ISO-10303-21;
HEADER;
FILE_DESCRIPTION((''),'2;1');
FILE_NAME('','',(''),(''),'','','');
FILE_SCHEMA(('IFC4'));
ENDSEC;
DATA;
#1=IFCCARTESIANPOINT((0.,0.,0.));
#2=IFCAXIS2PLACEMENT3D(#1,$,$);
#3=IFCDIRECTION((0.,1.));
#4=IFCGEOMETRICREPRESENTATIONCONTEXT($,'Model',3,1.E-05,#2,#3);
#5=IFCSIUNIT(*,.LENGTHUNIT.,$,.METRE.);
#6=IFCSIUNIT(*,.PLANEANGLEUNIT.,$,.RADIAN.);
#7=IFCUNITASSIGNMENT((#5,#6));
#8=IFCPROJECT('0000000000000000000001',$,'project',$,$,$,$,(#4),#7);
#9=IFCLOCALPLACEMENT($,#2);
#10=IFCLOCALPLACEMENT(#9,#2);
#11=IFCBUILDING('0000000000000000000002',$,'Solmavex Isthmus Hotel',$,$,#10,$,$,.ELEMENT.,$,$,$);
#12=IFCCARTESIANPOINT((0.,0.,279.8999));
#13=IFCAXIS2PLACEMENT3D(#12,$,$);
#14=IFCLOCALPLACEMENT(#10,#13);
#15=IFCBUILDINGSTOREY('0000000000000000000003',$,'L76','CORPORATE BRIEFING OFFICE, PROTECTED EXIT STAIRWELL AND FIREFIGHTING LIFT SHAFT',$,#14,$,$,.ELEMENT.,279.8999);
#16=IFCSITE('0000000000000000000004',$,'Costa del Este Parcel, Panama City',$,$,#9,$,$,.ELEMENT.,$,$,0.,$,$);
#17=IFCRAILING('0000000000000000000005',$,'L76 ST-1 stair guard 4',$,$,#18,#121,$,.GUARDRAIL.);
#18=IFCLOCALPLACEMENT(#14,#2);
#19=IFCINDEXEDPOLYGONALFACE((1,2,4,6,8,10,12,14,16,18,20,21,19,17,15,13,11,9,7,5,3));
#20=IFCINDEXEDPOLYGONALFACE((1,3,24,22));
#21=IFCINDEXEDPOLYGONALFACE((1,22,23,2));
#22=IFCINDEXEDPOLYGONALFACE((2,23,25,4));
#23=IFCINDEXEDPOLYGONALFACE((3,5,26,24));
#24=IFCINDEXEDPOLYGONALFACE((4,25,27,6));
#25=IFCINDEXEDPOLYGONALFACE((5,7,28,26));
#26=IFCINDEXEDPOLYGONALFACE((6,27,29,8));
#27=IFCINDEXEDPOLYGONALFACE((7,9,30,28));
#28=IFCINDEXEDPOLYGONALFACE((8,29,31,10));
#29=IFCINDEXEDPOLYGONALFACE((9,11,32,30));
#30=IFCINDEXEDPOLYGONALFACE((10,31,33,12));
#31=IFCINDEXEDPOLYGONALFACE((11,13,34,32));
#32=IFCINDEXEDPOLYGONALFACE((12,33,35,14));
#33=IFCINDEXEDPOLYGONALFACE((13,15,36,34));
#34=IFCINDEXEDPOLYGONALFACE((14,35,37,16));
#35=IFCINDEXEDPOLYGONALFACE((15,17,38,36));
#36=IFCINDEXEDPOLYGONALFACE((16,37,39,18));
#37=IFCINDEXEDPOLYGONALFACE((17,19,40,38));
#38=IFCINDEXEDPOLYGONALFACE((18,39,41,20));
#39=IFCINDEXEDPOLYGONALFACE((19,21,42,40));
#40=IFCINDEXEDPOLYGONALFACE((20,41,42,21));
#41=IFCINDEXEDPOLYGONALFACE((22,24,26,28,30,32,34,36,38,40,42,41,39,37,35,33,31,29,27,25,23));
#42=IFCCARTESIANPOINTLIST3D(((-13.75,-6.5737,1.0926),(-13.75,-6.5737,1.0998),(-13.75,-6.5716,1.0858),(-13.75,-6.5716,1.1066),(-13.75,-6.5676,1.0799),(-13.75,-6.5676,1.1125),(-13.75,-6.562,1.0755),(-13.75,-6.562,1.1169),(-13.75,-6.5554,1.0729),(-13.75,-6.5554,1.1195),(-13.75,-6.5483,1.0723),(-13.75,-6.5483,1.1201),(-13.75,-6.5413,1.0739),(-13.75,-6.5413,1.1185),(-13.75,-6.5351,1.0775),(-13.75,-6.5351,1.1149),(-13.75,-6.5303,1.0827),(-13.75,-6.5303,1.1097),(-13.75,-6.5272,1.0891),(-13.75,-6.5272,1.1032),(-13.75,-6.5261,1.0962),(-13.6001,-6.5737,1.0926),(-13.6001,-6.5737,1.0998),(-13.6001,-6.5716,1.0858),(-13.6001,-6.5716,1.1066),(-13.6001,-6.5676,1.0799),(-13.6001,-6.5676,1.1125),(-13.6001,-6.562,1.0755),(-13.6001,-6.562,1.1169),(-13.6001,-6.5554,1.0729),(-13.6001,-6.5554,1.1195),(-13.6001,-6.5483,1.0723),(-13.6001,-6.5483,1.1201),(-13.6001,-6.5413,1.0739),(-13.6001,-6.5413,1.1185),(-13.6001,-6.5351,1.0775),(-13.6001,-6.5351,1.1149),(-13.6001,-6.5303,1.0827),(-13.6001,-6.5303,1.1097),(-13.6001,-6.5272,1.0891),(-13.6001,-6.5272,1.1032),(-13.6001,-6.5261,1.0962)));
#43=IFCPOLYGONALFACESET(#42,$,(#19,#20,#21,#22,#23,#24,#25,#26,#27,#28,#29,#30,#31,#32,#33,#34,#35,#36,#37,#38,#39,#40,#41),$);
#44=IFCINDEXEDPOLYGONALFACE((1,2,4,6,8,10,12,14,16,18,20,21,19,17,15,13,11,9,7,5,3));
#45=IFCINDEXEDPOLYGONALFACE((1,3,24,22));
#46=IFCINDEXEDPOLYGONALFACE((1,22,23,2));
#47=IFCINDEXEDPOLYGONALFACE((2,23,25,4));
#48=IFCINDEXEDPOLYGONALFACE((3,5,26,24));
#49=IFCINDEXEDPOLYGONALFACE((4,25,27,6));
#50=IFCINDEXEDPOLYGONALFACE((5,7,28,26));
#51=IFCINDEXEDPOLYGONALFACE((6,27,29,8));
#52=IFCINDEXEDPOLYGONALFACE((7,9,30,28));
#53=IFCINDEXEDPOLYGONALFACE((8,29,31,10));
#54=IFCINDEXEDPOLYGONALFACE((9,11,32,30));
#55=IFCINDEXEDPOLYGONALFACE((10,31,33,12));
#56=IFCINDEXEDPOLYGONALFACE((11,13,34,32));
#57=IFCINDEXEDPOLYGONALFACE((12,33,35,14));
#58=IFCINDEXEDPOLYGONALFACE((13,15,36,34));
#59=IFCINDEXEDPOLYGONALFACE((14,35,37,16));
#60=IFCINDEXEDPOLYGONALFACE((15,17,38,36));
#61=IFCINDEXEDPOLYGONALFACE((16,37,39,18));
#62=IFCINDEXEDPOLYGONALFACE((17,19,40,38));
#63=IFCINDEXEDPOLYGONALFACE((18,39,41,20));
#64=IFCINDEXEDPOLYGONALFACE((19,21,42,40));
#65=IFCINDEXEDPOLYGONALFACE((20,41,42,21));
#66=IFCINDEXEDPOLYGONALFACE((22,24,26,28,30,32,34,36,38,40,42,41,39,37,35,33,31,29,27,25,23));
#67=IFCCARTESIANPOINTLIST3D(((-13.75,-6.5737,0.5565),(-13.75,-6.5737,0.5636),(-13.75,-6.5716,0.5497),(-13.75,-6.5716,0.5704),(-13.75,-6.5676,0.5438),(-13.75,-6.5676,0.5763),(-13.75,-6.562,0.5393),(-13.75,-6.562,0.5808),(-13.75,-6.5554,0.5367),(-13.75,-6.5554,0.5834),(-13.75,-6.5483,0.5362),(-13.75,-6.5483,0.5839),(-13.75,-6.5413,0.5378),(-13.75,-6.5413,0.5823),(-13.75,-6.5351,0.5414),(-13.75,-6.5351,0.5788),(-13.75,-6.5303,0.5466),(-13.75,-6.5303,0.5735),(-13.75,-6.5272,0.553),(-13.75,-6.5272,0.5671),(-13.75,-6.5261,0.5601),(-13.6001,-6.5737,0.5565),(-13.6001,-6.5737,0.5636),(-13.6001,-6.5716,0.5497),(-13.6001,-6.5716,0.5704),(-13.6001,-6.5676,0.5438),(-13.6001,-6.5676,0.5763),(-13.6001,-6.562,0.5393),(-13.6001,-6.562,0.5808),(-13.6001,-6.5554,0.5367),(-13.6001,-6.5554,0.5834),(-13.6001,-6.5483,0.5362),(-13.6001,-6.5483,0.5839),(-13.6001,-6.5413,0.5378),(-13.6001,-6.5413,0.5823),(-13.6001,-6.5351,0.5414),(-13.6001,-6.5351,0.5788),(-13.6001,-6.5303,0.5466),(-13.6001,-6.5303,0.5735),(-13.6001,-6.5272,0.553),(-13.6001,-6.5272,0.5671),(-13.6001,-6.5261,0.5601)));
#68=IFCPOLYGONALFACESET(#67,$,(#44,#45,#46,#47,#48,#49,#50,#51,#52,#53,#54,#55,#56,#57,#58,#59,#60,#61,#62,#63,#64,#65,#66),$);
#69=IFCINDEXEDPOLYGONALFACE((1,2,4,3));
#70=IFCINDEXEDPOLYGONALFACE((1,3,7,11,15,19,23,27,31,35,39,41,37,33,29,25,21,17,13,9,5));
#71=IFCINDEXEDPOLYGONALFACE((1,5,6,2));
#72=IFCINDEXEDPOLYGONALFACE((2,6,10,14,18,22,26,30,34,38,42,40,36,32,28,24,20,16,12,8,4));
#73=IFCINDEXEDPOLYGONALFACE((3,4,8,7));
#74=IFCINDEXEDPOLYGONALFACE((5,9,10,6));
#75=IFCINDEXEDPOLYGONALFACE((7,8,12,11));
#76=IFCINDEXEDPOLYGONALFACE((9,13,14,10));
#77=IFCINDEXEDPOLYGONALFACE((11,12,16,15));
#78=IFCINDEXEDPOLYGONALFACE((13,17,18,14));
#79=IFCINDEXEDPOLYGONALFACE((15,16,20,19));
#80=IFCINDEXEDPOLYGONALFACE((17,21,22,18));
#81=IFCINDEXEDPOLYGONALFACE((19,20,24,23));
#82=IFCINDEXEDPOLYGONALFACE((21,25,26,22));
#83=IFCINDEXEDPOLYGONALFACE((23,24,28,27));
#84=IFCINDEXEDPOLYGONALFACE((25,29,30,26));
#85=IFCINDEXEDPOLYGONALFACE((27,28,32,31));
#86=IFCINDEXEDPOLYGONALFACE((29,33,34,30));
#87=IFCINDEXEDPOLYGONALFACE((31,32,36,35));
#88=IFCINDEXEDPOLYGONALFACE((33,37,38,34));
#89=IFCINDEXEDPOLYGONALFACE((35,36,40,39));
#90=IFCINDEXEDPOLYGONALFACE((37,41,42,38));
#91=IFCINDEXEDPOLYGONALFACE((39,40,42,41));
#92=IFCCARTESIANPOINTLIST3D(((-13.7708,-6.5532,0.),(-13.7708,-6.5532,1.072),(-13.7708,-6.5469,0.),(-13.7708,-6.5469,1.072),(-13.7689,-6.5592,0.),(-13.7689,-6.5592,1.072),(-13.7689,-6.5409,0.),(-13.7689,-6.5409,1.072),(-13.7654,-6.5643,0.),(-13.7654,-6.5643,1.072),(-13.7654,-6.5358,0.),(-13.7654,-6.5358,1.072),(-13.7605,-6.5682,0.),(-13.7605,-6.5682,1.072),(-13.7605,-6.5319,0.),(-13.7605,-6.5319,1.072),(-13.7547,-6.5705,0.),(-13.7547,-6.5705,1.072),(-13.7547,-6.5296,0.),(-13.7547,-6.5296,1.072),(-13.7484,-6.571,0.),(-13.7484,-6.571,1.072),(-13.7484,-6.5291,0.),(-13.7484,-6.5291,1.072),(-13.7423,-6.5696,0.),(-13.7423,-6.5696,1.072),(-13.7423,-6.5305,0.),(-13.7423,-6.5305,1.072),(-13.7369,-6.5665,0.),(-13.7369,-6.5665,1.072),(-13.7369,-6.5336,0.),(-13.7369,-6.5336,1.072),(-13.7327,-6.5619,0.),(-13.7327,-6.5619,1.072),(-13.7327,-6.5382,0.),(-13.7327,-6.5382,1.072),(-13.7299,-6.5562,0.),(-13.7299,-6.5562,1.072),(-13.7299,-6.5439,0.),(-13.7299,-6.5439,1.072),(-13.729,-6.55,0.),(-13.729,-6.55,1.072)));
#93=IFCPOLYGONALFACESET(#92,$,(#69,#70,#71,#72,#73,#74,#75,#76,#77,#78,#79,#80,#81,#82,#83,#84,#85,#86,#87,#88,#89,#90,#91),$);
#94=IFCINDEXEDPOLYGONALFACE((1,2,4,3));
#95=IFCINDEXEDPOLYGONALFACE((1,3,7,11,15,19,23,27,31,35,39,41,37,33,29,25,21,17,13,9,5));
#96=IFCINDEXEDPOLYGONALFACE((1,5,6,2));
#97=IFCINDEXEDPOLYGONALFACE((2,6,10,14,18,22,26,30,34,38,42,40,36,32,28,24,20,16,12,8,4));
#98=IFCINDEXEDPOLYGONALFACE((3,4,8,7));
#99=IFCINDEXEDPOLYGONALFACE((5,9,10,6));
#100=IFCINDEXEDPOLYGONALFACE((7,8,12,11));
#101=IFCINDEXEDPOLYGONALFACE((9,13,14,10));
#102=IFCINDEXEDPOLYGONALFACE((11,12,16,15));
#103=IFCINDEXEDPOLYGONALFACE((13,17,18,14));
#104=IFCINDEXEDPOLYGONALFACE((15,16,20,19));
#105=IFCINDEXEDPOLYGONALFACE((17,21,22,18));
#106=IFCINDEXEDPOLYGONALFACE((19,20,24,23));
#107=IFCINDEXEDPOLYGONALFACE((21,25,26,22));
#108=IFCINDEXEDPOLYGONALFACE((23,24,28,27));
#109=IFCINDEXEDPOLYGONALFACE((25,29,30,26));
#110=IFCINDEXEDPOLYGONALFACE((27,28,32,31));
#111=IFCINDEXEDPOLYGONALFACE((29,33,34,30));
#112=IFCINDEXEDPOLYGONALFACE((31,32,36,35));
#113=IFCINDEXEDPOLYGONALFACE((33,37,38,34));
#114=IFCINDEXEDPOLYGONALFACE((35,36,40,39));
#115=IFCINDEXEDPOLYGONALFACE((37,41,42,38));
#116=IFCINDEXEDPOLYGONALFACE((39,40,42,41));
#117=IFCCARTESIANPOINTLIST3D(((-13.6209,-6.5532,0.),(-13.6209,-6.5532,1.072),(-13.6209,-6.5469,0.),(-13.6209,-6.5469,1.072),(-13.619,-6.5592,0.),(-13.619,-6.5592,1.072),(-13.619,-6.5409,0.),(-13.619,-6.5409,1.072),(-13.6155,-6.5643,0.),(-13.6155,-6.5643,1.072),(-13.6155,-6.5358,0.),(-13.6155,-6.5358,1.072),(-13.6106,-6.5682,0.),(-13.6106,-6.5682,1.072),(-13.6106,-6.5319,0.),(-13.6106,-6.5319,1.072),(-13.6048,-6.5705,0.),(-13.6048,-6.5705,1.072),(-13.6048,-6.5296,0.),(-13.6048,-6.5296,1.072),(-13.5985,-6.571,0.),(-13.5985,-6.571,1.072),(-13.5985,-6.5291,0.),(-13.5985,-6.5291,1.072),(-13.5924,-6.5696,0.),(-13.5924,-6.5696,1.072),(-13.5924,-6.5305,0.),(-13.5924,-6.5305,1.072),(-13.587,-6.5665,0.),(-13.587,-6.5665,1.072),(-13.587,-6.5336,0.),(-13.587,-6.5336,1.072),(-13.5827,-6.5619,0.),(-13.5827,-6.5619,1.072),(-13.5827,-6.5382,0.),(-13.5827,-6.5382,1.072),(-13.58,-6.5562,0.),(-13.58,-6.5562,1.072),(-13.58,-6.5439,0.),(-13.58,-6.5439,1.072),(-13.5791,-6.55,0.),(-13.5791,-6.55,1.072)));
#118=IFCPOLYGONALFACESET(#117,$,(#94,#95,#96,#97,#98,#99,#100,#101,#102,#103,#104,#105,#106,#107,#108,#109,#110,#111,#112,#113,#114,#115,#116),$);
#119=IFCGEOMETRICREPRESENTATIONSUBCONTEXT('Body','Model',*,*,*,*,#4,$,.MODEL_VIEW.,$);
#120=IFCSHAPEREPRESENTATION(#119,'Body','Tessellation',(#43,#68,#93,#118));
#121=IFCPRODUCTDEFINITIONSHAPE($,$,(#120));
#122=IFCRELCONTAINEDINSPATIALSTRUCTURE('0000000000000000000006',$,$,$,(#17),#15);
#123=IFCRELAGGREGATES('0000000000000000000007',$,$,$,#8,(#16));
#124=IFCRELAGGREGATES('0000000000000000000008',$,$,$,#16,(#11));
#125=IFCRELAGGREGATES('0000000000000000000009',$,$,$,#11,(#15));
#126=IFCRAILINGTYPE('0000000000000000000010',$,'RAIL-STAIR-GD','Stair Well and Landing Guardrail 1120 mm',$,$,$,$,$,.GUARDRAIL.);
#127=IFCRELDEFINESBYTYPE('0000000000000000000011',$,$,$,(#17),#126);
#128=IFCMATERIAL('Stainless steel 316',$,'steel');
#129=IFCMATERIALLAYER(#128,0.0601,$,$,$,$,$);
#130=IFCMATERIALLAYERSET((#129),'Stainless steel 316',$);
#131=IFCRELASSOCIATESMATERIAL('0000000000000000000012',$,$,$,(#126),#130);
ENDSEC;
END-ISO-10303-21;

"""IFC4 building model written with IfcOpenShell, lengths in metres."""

from ifc_helpers import new_model, si_unit, direction, frame, origin, origin_2d, place, context, subcontext, project, spatial, circle, extrude, material, layer, layer_set, type_object, element, save


model = new_model("IFC4")

# Units and contexts
model_context = context("Model", 3, precision=1e-05, world=origin(), true_north=direction((0.0, 1.0)))
body_context = subcontext(model_context, "Body", "Model", "MODEL_VIEW")
ifc_project = project(units=[si_unit("LENGTHUNIT", "METRE"), si_unit("PLANEANGLEUNIT", "RADIAN")], contexts=[model_context])

# Site, building, storey
site_placement = place(None, origin())
site = spatial("IfcSite", under=ifc_project, at=site_placement, Name="Costa del Este Parcel, Panama City", CompositionType="ELEMENT", RefElevation=0.0)
building_placement = place(site_placement, origin())
building = spatial("IfcBuilding", under=site, at=building_placement, Name="Solmavex Isthmus Hotel", CompositionType="ELEMENT")
storey_placement = place(building_placement, frame((0.0, 0.0, 279.8999)))
storey = spatial("IfcBuildingStorey", under=building, at=storey_placement, Name="L76", Description="CORPORATE BRIEFING OFFICE, PROTECTED EXIT STAIRWELL AND FIREFIGHTING LIFT SHAFT", CompositionType="ELEMENT", Elevation=279.8999)

# Shared definitions
ifc_material_1 = material(Name="Stainless steel 316", Category="steel")

# Railing
ifc_layer_1 = layer(ifc_material_1, 0.0601)
ifc_layer_set_1 = layer_set([ifc_layer_1], Name="Stainless steel 316")
railing_type_1 = type_object("IfcRailingType", Name="RAIL-STAIR-GD", Description="Stair Well and Landing Guardrail 1120 mm", PredefinedType="GUARDRAIL", material=ifc_layer_set_1)
railing_1_placement = place(storey_placement, frame((-13.75, -6.55, 0.0)))
element("IfcRailing", 1, at=railing_1_placement, inside=storey, type_object=railing_type_1, Name="L76 ST-1 stair guard 4", PredefinedType="GUARDRAIL", context=body_context, shape_type="SweptSolid", body=[
    extrude(circle(Radius=0.0239, at=origin_2d()), frame((0.0, 0.0, 1.0962), z_axis=(1.0, 0.0, 0.0), x_axis=(0.0, 1.0, 0.0)), (0.0, 0.0, 1.0), 0.1499),
    extrude(circle(Radius=0.0239, at=origin_2d()), frame((0.0, 0.0, 0.5601), z_axis=(1.0, 0.0, 0.0), x_axis=(0.0, 1.0, 0.0)), (0.0, 0.0, 1.0), 0.1499),
    extrude(circle(Radius=0.021, at=origin_2d()), origin(), (0.0, 0.0, 1.0), 1.072),
    extrude(circle(Radius=0.021, at=origin_2d()), frame((0.1499, 0.0, 0.0)), (0.0, 0.0, 1.0), 1.072),
])

save(model, "model.ifc")
